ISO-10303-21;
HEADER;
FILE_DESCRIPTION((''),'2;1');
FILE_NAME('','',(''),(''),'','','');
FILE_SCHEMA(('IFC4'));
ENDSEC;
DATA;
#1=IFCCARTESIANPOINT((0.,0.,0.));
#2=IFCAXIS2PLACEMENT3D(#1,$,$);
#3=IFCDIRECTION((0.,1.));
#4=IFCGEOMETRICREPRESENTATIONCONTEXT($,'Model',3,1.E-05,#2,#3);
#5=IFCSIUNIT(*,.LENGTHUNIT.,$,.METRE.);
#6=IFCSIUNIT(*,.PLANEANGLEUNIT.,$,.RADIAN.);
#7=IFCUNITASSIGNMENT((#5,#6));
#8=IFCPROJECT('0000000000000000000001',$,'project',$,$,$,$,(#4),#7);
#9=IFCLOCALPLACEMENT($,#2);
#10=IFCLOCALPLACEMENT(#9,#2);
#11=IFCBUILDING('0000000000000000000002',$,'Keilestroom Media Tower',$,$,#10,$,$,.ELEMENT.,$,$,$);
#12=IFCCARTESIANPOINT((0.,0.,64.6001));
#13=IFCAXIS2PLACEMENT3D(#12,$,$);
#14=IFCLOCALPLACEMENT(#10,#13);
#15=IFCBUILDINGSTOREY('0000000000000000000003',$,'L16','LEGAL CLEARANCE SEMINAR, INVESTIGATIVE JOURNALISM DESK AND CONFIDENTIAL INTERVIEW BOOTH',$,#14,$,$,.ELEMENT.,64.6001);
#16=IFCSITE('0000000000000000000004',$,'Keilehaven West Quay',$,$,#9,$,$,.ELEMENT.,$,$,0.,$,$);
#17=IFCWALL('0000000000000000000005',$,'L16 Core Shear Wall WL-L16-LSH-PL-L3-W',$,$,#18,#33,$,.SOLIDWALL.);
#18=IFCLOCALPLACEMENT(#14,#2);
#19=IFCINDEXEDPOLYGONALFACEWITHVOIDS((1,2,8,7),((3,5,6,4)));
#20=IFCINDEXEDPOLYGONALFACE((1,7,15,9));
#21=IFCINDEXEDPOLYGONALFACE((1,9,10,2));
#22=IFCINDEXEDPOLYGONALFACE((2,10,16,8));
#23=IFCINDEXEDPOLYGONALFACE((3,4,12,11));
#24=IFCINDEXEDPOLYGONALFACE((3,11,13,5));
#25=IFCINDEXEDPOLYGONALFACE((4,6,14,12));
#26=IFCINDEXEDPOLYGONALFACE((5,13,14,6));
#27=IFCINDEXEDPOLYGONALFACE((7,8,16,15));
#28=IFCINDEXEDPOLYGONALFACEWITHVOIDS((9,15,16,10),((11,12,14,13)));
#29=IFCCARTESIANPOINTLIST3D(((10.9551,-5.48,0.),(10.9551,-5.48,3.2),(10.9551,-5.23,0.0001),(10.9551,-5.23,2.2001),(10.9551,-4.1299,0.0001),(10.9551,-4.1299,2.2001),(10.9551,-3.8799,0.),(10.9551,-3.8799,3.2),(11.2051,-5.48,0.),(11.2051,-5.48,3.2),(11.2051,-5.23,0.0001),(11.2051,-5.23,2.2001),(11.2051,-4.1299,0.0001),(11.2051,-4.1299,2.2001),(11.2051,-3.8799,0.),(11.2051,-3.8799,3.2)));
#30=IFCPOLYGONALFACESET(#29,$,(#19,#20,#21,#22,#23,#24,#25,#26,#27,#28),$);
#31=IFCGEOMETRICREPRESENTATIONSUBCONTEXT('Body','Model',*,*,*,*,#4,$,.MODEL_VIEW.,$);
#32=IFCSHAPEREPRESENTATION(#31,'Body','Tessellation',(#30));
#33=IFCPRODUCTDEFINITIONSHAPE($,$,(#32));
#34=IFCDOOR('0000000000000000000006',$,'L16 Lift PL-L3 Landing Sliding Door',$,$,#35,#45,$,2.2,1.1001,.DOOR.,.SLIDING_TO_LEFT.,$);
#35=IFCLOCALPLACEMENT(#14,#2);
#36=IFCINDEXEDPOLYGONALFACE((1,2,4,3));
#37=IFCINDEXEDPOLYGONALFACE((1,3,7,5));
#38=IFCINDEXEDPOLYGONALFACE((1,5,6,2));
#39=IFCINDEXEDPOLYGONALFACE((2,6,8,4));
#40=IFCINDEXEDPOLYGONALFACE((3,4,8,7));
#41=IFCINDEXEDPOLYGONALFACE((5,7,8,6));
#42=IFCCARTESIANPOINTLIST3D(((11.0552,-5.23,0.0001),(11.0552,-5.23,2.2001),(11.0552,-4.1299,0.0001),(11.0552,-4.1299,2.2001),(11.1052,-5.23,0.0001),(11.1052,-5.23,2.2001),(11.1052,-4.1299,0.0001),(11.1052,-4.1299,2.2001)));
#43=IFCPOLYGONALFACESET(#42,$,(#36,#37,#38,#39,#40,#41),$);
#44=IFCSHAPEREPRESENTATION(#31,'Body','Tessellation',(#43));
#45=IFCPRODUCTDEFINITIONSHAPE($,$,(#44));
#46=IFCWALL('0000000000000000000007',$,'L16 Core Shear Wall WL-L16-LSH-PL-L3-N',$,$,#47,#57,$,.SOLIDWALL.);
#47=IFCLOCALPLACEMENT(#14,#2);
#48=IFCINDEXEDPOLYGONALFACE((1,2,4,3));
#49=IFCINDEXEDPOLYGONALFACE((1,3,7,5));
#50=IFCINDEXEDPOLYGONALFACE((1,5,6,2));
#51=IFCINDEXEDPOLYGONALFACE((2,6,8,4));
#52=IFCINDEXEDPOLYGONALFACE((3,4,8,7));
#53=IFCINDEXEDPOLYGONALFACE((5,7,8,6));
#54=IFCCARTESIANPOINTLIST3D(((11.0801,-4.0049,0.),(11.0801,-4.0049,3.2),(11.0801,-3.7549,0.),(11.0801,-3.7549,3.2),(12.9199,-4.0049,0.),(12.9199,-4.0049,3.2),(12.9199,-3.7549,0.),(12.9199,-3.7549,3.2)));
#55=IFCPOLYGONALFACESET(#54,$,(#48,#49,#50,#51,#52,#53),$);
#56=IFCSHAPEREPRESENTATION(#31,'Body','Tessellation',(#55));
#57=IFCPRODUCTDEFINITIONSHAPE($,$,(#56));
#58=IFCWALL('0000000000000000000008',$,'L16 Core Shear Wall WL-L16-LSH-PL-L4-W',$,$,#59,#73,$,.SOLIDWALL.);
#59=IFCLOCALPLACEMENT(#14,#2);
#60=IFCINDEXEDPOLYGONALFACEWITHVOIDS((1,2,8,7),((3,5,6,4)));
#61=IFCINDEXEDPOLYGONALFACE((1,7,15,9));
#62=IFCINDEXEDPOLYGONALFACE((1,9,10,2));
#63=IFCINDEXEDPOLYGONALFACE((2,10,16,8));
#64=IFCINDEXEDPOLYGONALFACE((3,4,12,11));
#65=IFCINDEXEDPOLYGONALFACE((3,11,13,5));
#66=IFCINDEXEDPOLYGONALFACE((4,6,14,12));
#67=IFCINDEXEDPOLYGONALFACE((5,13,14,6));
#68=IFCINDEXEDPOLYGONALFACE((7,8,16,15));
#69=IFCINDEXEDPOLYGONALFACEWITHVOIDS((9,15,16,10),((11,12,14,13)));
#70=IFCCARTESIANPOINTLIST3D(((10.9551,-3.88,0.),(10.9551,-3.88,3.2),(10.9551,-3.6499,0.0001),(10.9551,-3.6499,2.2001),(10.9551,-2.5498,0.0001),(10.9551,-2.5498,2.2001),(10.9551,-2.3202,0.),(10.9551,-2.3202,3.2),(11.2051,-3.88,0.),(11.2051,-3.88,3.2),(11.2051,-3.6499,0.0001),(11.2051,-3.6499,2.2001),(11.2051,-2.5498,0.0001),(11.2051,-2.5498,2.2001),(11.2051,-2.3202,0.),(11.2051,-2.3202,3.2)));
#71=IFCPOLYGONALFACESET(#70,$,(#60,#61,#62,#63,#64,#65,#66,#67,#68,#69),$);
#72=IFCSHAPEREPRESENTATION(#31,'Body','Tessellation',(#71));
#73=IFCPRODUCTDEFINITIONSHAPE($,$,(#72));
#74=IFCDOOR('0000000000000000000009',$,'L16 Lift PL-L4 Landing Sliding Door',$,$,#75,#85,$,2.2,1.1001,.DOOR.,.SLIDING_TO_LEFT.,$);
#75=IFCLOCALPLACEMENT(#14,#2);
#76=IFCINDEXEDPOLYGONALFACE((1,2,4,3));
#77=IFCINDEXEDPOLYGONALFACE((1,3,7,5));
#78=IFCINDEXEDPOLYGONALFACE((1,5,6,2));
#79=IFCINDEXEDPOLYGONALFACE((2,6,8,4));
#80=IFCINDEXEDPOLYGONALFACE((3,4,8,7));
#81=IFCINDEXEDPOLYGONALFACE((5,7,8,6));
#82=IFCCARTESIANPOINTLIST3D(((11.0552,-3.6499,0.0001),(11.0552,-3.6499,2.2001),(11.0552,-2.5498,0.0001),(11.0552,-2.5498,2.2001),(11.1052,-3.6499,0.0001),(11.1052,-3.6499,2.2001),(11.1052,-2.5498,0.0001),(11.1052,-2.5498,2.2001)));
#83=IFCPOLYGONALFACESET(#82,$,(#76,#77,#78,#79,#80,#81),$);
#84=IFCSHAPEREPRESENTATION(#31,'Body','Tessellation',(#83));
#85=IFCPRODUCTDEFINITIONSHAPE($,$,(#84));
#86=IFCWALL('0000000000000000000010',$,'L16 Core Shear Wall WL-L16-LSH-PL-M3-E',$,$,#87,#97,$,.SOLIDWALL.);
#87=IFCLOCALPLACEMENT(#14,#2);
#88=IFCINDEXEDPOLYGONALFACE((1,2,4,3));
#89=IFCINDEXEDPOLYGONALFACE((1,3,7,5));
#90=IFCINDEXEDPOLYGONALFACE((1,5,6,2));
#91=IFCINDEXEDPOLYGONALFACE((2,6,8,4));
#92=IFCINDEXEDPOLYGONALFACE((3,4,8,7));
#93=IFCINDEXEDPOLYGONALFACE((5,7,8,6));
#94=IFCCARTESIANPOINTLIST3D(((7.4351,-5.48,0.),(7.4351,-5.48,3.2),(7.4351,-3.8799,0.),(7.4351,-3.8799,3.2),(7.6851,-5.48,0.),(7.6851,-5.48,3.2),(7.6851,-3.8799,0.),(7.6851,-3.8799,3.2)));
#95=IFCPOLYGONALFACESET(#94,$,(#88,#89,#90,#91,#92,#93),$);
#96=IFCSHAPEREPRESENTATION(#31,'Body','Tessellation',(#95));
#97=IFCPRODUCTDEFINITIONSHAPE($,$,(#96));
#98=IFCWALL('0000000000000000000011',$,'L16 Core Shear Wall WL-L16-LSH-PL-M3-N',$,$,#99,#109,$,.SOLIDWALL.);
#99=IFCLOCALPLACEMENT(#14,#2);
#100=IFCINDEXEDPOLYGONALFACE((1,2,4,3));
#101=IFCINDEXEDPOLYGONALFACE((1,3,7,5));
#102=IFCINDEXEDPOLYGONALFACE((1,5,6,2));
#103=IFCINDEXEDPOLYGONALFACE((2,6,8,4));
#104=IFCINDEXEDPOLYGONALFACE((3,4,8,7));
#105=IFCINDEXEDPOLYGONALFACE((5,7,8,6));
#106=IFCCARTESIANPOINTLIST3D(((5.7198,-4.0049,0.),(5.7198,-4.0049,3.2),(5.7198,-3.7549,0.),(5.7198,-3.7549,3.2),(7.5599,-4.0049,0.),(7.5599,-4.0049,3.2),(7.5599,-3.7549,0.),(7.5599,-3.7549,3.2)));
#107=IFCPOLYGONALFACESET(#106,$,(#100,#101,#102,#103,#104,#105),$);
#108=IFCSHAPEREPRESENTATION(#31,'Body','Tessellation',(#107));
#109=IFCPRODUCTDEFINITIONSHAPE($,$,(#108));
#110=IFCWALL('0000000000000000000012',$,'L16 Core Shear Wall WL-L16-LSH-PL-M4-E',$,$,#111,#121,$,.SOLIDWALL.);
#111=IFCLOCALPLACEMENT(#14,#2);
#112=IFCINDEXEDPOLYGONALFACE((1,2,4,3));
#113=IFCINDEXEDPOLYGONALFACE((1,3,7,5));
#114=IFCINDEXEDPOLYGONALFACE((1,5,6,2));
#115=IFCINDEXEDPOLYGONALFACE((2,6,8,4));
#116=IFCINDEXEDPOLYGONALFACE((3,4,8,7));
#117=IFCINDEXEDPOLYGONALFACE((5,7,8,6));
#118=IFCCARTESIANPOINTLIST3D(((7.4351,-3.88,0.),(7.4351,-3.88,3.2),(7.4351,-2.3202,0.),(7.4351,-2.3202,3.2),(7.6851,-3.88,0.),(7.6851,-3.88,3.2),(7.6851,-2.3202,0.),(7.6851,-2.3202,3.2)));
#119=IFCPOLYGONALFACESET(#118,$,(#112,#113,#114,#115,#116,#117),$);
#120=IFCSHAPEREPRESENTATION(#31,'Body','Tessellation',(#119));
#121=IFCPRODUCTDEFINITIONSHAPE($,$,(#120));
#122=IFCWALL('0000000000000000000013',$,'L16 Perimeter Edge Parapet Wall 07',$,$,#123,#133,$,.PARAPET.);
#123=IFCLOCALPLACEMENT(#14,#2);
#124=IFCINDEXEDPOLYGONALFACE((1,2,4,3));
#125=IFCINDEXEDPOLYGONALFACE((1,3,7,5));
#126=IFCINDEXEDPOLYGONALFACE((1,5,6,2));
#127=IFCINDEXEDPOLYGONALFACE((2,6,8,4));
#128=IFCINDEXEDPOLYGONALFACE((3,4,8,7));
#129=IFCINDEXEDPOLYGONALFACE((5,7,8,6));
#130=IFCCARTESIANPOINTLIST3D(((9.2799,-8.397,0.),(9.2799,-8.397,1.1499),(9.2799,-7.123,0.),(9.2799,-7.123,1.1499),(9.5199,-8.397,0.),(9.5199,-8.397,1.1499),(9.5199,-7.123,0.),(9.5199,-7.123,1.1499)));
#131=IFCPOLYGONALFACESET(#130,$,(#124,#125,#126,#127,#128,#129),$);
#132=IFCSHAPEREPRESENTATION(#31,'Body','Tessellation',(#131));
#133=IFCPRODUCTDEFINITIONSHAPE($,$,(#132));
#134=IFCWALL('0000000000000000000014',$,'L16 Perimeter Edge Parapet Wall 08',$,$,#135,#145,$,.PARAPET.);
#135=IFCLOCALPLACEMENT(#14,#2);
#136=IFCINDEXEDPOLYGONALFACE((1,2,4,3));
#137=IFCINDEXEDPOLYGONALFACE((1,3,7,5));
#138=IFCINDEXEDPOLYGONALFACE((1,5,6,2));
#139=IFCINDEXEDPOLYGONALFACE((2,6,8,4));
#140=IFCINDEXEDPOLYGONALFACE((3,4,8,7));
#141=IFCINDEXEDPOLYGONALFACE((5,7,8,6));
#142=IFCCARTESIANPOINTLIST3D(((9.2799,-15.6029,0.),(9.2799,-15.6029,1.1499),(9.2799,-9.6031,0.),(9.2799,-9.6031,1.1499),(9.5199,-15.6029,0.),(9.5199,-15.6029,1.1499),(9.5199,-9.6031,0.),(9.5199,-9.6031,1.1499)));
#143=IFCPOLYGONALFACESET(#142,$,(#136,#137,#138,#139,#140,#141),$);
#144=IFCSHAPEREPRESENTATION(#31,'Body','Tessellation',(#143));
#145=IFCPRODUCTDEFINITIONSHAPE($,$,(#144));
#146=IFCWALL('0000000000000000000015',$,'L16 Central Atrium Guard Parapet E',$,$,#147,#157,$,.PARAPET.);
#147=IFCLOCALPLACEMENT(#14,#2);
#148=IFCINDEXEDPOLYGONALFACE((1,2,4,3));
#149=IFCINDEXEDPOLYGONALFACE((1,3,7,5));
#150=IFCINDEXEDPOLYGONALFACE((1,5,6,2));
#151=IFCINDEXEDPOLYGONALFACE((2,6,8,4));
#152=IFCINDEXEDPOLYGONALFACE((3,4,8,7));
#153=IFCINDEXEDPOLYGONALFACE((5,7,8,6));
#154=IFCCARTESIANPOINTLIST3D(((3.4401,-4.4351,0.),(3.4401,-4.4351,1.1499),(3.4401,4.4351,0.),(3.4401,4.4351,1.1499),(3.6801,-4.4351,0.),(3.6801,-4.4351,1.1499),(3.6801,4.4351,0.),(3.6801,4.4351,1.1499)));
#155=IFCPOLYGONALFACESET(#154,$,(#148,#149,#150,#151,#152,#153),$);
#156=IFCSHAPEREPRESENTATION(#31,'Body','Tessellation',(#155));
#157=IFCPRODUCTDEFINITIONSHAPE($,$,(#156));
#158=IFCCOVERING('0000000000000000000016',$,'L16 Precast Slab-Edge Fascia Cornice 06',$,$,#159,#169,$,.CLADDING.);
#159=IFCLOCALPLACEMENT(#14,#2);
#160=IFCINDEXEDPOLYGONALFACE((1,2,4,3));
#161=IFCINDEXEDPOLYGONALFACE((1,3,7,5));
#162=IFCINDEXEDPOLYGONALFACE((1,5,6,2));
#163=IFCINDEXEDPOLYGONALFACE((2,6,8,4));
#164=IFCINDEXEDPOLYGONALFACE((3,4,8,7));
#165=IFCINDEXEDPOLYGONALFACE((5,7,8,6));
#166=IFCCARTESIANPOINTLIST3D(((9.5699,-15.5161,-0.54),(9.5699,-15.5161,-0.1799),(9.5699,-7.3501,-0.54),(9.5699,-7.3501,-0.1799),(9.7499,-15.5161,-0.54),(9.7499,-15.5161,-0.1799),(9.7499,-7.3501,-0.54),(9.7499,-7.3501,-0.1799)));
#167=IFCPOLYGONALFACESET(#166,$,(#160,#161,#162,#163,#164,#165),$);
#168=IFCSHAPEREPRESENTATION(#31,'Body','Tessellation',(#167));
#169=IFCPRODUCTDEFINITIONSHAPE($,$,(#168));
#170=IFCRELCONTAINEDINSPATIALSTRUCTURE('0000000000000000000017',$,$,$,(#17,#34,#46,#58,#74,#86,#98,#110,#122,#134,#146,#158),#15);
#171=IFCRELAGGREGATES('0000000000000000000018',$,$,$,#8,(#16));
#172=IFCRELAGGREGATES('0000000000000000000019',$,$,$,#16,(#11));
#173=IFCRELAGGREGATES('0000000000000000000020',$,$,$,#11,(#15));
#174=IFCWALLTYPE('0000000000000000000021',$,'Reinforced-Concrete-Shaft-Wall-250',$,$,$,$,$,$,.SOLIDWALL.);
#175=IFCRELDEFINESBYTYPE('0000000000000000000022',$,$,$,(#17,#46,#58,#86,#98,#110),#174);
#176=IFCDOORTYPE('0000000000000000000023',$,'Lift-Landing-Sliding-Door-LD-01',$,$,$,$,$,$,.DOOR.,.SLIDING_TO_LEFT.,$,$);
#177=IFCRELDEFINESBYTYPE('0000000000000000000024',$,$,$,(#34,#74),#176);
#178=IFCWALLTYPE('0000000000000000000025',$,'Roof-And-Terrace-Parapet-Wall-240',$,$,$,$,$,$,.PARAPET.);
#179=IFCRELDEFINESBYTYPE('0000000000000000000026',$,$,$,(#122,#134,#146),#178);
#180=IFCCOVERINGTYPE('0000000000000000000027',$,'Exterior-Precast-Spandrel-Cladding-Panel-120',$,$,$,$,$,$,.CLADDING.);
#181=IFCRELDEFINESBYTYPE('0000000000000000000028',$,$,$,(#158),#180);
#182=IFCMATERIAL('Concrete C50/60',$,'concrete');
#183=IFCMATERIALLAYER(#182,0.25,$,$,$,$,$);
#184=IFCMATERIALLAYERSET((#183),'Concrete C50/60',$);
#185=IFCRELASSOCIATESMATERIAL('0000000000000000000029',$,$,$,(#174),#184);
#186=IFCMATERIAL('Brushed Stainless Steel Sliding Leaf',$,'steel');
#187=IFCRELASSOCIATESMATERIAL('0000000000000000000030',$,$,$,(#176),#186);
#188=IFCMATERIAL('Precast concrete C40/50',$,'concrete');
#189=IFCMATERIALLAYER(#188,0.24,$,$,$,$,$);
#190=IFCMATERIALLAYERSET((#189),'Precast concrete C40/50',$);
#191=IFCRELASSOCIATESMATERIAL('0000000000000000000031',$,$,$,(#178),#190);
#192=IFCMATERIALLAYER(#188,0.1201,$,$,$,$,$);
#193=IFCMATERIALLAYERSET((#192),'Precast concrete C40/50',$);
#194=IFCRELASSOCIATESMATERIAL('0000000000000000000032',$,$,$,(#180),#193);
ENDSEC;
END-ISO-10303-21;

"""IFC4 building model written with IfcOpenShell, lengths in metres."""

from ifc_helpers import new_model, si_unit, direction, frame, frame_2d, origin, origin_2d, place, context, subcontext, project, spatial, rectangle, extrude, source, transform, mapped, material, layer, layer_set, type_object, element, fill, save


model = new_model("IFC4")

# Units and contexts
model_context = context("Model", 3, precision=1e-05, world=origin(), true_north=direction((0.0, 1.0)))
body_context = subcontext(model_context, "Body", "Model", "MODEL_VIEW")
ifc_project = project(units=[si_unit("LENGTHUNIT", "METRE"), si_unit("PLANEANGLEUNIT", "RADIAN")], contexts=[model_context])

# Site, building, storey
site_placement = place(None, origin())
site = spatial("IfcSite", under=ifc_project, at=site_placement, Name="Keilehaven West Quay", CompositionType="ELEMENT", RefElevation=0.0)
building_placement = place(site_placement, origin())
building = spatial("IfcBuilding", under=site, at=building_placement, Name="Keilestroom Media Tower", CompositionType="ELEMENT")
storey_placement = place(building_placement, frame((0.0, 0.0, 64.6001)))
storey = spatial("IfcBuildingStorey", under=building, at=storey_placement, Name="L16", Description="LEGAL CLEARANCE SEMINAR, INVESTIGATIVE JOURNALISM DESK AND CONFIDENTIAL INTERVIEW BOOTH", CompositionType="ELEMENT", Elevation=64.6001)

# Shared definitions
ifc_material_1 = material(Name="Concrete C50/60", Category="concrete")
ifc_layer_1 = layer(ifc_material_1, 0.25)
ifc_layer_set_1 = layer_set([ifc_layer_1], Name="Concrete C50/60")
wall_type_1 = type_object("IfcWallType", Name="Reinforced-Concrete-Shaft-Wall-250", PredefinedType="SOLIDWALL", material=ifc_layer_set_1)

# Shared definitions
ifc_material_2 = material(Name="Brushed Stainless Steel Sliding Leaf", Category="steel")

# Wall, opening, door
wall_1_placement = place(storey_placement, frame((11.0801, -5.48, 0.0), z_axis=(0.0, 0.0, 1.0), x_axis=(0.0, 1.0, 0.0)))
wall_1 = element("IfcWall", 1, at=wall_1_placement, inside=storey, type_object=wall_type_1, Name="L16 Core Shear Wall WL-L16-LSH-PL-L3-W", PredefinedType="SOLIDWALL", context=body_context, shape_type="SweptSolid", body=[
    extrude(rectangle(XDim=1.6001, YDim=0.25, at=frame_2d((0.8, 0.0))), origin(), (0.0, 0.0, 1.0), 3.2),
])
opening_1_placement = place(wall_1_placement, frame((0.25, 0.0, 0.0)))
opening_1 = element("IfcOpeningElement", 2, at=opening_1_placement, cuts=wall_1, PredefinedType="OPENING", context=body_context, shape_type="SweptSolid", body=[
    extrude(rectangle(XDim=1.1001, YDim=2.2, at=frame_2d((0.55, 1.1001))), frame((0.0, 0.135, 0.0), z_axis=(0.0, -1.0, 0.0), x_axis=(1.0, 0.0, 0.0)), (0.0, 0.0, 1.0), 0.27),
])
door_type_1 = type_object("IfcDoorType", Name="Lift-Landing-Sliding-Door-LD-01", OperationType="SLIDING_TO_LEFT", PredefinedType="DOOR", material=ifc_material_2)
shared_shape_1 = source(origin(), body_context, "Body", "SweptSolid", [
    extrude(rectangle(XDim=1.1001, YDim=2.2, at=frame_2d((0.55, 1.1001))), frame((0.0, 0.0249, 0.0), z_axis=(0.0, -1.0, 0.0), x_axis=(1.0, 0.0, 0.0)), (0.0, 0.0, 1.0), 0.05),
])
door_1_placement = place(opening_1_placement, origin())
door_1 = element("IfcDoor", 3, at=door_1_placement, inside=storey, type_object=door_type_1, Name="L16 Lift PL-L3 Landing Sliding Door", OperationType="SLIDING_TO_LEFT", OverallHeight=2.2, OverallWidth=1.1001, PredefinedType="DOOR", context=body_context, shape_type="MappedRepresentation", body=[
    mapped(shared_shape_1, transform((0.0, 0.0, 0.0), x_axis=(1.0, 0.0, 0.0), y_axis=(0.0, 1.0, 0.0), z_axis=(0.0, 0.0, 1.0), scale=1.0)),
])
fill(opening_1, door_1)

# Wall
wall_2_placement = place(storey_placement, frame((11.0801, -3.8799, 0.0), z_axis=(0.0, 0.0, 1.0), x_axis=(1.0, 0.0, 0.0)))
element("IfcWall", 4, at=wall_2_placement, inside=storey, type_object=wall_type_1, Name="L16 Core Shear Wall WL-L16-LSH-PL-L3-N", PredefinedType="SOLIDWALL", context=body_context, shape_type="SweptSolid", body=[
    extrude(rectangle(XDim=1.8398, YDim=0.25, at=frame_2d((0.9199, 0.0))), origin(), (0.0, 0.0, 1.0), 3.2),
])

# Wall, opening, door
wall_3_placement = place(storey_placement, frame((11.0801, -3.8799, 0.0), z_axis=(0.0, 0.0, 1.0), x_axis=(0.0, 1.0, 0.0)))
wall_3 = element("IfcWall", 5, at=wall_3_placement, inside=storey, type_object=wall_type_1, Name="L16 Core Shear Wall WL-L16-LSH-PL-L4-W", PredefinedType="SOLIDWALL", context=body_context, shape_type="SweptSolid", body=[
    extrude(rectangle(XDim=1.5598, YDim=0.25, at=frame_2d((0.7798, 0.0))), origin(), (0.0, 0.0, 1.0), 3.2),
])
opening_2_placement = place(wall_3_placement, frame((0.23, 0.0, 0.0)))
opening_2 = element("IfcOpeningElement", 6, at=opening_2_placement, cuts=wall_3, PredefinedType="OPENING", context=body_context, shape_type="SweptSolid", body=[
    extrude(rectangle(XDim=1.1001, YDim=2.2, at=frame_2d((0.55, 1.1001))), frame((0.0, 0.135, 0.0), z_axis=(0.0, -1.0, 0.0), x_axis=(1.0, 0.0, 0.0)), (0.0, 0.0, 1.0), 0.27),
])
door_2_placement = place(opening_2_placement, origin())
door_2 = element("IfcDoor", 7, at=door_2_placement, inside=storey, type_object=door_type_1, Name="L16 Lift PL-L4 Landing Sliding Door", OperationType="SLIDING_TO_LEFT", OverallHeight=2.2, OverallWidth=1.1001, PredefinedType="DOOR", context=body_context, shape_type="MappedRepresentation", body=[
    mapped(shared_shape_1, transform((0.0, 0.0, 0.0), x_axis=(1.0, 0.0, 0.0), y_axis=(0.0, 1.0, 0.0), z_axis=(0.0, 0.0, 1.0), scale=1.0)),
])
fill(opening_2, door_2)

# Walls
wall_4_placement = place(storey_placement, frame((7.5601, -5.48, 0.0), z_axis=(0.0, 0.0, 1.0), x_axis=(0.0, 1.0, 0.0)))
element("IfcWall", 8, at=wall_4_placement, inside=storey, type_object=wall_type_1, Name="L16 Core Shear Wall WL-L16-LSH-PL-M3-E", PredefinedType="SOLIDWALL", context=body_context, shape_type="SweptSolid", body=[
    extrude(rectangle(XDim=1.6001, YDim=0.25, at=frame_2d((0.8, 0.0))), origin(), (0.0, 0.0, 1.0), 3.2),
])
wall_5_placement = place(storey_placement, frame((5.72, -3.8799, 0.0), z_axis=(0.0, 0.0, 1.0), x_axis=(1.0, 0.0, 0.0)))
element("IfcWall", 9, at=wall_5_placement, inside=storey, type_object=wall_type_1, Name="L16 Core Shear Wall WL-L16-LSH-PL-M3-N", PredefinedType="SOLIDWALL", context=body_context, shape_type="SweptSolid", body=[
    extrude(rectangle(XDim=1.8401, YDim=0.25, at=frame_2d((0.9199, 0.0))), origin(), (0.0, 0.0, 1.0), 3.2),
])
wall_6_placement = place(storey_placement, frame((7.5601, -3.8799, 0.0), z_axis=(0.0, 0.0, 1.0), x_axis=(0.0, 1.0, 0.0)))
element("IfcWall", 10, at=wall_6_placement, inside=storey, type_object=wall_type_1, Name="L16 Core Shear Wall WL-L16-LSH-PL-M4-E", PredefinedType="SOLIDWALL", context=body_context, shape_type="SweptSolid", body=[
    extrude(rectangle(XDim=1.5598, YDim=0.25, at=frame_2d((0.7798, 0.0))), origin(), (0.0, 0.0, 1.0), 3.2),
])
ifc_material_3 = material(Name="Precast concrete C40/50", Category="concrete")
ifc_layer_2 = layer(ifc_material_3, 0.24)
ifc_layer_set_2 = layer_set([ifc_layer_2], Name="Precast concrete C40/50")
wall_type_2 = type_object("IfcWallType", Name="Roof-And-Terrace-Parapet-Wall-240", PredefinedType="PARAPET", material=ifc_layer_set_2)
wall_7_placement = place(storey_placement, frame((9.3999, -7.123, 0.0), z_axis=(0.0, 0.0, 1.0), x_axis=(0.0, -1.0, 0.0)))
element("IfcWall", 11, at=wall_7_placement, inside=storey, type_object=wall_type_2, Name="L16 Perimeter Edge Parapet Wall 07", PredefinedType="PARAPET", context=body_context, shape_type="SweptSolid", body=[
    extrude(rectangle(XDim=1.2739, YDim=0.24, at=frame_2d((0.637, 0.0))), origin(), (0.0, 0.0, 1.0), 1.1499),
])
wall_8_placement = place(storey_placement, frame((9.3999, -9.603, 0.0), z_axis=(0.0, 0.0, 1.0), x_axis=(0.0, -1.0, 0.0)))
element("IfcWall", 12, at=wall_8_placement, inside=storey, type_object=wall_type_2, Name="L16 Perimeter Edge Parapet Wall 08", PredefinedType="PARAPET", context=body_context, shape_type="SweptSolid", body=[
    extrude(rectangle(XDim=5.9998, YDim=0.24, at=frame_2d((3.0, 0.0))), origin(), (0.0, 0.0, 1.0), 1.1499),
])
wall_9_placement = place(storey_placement, frame((3.5601, -4.4351, 0.0), z_axis=(0.0, 0.0, 1.0), x_axis=(0.0, 1.0, 0.0)))
element("IfcWall", 13, at=wall_9_placement, inside=storey, type_object=wall_type_2, Name="L16 Central Atrium Guard Parapet E", PredefinedType="PARAPET", context=body_context, shape_type="SweptSolid", body=[
    extrude(rectangle(XDim=8.8701, YDim=0.24, at=frame_2d((4.4351, 0.0))), origin(), (0.0, 0.0, 1.0), 1.1499),
])

# Covering
ifc_layer_3 = layer(ifc_material_3, 0.1201)
ifc_layer_set_3 = layer_set([ifc_layer_3], Name="Precast concrete C40/50")
covering_type = type_object("IfcCoveringType", Name="Exterior-Precast-Spandrel-Cladding-Panel-120", PredefinedType="CLADDING", material=ifc_layer_set_3)
shared_shape_2 = source(origin(), body_context, "Body", "SweptSolid", [
    extrude(rectangle(XDim=8.166, YDim=0.1799, at=origin_2d()), origin(), (0.0, 0.0, 1.0), 0.3601),
])
covering_placement = place(storey_placement, frame((9.6599, -11.4331, -0.54), z_axis=(0.0, 0.0, 1.0), x_axis=(0.0, -1.0, 0.0)))
element("IfcCovering", 14, at=covering_placement, inside=storey, type_object=covering_type, Name="L16 Precast Slab-Edge Fascia Cornice 06", PredefinedType="CLADDING", context=body_context, shape_type="MappedRepresentation", body=[
    mapped(shared_shape_2, transform((0.0, 0.0, 0.0), x_axis=(1.0, 0.0, 0.0), y_axis=(0.0, 1.0, 0.0), z_axis=(0.0, 0.0, 1.0), scale=1.0)),
])

save(model, "model.ifc")
